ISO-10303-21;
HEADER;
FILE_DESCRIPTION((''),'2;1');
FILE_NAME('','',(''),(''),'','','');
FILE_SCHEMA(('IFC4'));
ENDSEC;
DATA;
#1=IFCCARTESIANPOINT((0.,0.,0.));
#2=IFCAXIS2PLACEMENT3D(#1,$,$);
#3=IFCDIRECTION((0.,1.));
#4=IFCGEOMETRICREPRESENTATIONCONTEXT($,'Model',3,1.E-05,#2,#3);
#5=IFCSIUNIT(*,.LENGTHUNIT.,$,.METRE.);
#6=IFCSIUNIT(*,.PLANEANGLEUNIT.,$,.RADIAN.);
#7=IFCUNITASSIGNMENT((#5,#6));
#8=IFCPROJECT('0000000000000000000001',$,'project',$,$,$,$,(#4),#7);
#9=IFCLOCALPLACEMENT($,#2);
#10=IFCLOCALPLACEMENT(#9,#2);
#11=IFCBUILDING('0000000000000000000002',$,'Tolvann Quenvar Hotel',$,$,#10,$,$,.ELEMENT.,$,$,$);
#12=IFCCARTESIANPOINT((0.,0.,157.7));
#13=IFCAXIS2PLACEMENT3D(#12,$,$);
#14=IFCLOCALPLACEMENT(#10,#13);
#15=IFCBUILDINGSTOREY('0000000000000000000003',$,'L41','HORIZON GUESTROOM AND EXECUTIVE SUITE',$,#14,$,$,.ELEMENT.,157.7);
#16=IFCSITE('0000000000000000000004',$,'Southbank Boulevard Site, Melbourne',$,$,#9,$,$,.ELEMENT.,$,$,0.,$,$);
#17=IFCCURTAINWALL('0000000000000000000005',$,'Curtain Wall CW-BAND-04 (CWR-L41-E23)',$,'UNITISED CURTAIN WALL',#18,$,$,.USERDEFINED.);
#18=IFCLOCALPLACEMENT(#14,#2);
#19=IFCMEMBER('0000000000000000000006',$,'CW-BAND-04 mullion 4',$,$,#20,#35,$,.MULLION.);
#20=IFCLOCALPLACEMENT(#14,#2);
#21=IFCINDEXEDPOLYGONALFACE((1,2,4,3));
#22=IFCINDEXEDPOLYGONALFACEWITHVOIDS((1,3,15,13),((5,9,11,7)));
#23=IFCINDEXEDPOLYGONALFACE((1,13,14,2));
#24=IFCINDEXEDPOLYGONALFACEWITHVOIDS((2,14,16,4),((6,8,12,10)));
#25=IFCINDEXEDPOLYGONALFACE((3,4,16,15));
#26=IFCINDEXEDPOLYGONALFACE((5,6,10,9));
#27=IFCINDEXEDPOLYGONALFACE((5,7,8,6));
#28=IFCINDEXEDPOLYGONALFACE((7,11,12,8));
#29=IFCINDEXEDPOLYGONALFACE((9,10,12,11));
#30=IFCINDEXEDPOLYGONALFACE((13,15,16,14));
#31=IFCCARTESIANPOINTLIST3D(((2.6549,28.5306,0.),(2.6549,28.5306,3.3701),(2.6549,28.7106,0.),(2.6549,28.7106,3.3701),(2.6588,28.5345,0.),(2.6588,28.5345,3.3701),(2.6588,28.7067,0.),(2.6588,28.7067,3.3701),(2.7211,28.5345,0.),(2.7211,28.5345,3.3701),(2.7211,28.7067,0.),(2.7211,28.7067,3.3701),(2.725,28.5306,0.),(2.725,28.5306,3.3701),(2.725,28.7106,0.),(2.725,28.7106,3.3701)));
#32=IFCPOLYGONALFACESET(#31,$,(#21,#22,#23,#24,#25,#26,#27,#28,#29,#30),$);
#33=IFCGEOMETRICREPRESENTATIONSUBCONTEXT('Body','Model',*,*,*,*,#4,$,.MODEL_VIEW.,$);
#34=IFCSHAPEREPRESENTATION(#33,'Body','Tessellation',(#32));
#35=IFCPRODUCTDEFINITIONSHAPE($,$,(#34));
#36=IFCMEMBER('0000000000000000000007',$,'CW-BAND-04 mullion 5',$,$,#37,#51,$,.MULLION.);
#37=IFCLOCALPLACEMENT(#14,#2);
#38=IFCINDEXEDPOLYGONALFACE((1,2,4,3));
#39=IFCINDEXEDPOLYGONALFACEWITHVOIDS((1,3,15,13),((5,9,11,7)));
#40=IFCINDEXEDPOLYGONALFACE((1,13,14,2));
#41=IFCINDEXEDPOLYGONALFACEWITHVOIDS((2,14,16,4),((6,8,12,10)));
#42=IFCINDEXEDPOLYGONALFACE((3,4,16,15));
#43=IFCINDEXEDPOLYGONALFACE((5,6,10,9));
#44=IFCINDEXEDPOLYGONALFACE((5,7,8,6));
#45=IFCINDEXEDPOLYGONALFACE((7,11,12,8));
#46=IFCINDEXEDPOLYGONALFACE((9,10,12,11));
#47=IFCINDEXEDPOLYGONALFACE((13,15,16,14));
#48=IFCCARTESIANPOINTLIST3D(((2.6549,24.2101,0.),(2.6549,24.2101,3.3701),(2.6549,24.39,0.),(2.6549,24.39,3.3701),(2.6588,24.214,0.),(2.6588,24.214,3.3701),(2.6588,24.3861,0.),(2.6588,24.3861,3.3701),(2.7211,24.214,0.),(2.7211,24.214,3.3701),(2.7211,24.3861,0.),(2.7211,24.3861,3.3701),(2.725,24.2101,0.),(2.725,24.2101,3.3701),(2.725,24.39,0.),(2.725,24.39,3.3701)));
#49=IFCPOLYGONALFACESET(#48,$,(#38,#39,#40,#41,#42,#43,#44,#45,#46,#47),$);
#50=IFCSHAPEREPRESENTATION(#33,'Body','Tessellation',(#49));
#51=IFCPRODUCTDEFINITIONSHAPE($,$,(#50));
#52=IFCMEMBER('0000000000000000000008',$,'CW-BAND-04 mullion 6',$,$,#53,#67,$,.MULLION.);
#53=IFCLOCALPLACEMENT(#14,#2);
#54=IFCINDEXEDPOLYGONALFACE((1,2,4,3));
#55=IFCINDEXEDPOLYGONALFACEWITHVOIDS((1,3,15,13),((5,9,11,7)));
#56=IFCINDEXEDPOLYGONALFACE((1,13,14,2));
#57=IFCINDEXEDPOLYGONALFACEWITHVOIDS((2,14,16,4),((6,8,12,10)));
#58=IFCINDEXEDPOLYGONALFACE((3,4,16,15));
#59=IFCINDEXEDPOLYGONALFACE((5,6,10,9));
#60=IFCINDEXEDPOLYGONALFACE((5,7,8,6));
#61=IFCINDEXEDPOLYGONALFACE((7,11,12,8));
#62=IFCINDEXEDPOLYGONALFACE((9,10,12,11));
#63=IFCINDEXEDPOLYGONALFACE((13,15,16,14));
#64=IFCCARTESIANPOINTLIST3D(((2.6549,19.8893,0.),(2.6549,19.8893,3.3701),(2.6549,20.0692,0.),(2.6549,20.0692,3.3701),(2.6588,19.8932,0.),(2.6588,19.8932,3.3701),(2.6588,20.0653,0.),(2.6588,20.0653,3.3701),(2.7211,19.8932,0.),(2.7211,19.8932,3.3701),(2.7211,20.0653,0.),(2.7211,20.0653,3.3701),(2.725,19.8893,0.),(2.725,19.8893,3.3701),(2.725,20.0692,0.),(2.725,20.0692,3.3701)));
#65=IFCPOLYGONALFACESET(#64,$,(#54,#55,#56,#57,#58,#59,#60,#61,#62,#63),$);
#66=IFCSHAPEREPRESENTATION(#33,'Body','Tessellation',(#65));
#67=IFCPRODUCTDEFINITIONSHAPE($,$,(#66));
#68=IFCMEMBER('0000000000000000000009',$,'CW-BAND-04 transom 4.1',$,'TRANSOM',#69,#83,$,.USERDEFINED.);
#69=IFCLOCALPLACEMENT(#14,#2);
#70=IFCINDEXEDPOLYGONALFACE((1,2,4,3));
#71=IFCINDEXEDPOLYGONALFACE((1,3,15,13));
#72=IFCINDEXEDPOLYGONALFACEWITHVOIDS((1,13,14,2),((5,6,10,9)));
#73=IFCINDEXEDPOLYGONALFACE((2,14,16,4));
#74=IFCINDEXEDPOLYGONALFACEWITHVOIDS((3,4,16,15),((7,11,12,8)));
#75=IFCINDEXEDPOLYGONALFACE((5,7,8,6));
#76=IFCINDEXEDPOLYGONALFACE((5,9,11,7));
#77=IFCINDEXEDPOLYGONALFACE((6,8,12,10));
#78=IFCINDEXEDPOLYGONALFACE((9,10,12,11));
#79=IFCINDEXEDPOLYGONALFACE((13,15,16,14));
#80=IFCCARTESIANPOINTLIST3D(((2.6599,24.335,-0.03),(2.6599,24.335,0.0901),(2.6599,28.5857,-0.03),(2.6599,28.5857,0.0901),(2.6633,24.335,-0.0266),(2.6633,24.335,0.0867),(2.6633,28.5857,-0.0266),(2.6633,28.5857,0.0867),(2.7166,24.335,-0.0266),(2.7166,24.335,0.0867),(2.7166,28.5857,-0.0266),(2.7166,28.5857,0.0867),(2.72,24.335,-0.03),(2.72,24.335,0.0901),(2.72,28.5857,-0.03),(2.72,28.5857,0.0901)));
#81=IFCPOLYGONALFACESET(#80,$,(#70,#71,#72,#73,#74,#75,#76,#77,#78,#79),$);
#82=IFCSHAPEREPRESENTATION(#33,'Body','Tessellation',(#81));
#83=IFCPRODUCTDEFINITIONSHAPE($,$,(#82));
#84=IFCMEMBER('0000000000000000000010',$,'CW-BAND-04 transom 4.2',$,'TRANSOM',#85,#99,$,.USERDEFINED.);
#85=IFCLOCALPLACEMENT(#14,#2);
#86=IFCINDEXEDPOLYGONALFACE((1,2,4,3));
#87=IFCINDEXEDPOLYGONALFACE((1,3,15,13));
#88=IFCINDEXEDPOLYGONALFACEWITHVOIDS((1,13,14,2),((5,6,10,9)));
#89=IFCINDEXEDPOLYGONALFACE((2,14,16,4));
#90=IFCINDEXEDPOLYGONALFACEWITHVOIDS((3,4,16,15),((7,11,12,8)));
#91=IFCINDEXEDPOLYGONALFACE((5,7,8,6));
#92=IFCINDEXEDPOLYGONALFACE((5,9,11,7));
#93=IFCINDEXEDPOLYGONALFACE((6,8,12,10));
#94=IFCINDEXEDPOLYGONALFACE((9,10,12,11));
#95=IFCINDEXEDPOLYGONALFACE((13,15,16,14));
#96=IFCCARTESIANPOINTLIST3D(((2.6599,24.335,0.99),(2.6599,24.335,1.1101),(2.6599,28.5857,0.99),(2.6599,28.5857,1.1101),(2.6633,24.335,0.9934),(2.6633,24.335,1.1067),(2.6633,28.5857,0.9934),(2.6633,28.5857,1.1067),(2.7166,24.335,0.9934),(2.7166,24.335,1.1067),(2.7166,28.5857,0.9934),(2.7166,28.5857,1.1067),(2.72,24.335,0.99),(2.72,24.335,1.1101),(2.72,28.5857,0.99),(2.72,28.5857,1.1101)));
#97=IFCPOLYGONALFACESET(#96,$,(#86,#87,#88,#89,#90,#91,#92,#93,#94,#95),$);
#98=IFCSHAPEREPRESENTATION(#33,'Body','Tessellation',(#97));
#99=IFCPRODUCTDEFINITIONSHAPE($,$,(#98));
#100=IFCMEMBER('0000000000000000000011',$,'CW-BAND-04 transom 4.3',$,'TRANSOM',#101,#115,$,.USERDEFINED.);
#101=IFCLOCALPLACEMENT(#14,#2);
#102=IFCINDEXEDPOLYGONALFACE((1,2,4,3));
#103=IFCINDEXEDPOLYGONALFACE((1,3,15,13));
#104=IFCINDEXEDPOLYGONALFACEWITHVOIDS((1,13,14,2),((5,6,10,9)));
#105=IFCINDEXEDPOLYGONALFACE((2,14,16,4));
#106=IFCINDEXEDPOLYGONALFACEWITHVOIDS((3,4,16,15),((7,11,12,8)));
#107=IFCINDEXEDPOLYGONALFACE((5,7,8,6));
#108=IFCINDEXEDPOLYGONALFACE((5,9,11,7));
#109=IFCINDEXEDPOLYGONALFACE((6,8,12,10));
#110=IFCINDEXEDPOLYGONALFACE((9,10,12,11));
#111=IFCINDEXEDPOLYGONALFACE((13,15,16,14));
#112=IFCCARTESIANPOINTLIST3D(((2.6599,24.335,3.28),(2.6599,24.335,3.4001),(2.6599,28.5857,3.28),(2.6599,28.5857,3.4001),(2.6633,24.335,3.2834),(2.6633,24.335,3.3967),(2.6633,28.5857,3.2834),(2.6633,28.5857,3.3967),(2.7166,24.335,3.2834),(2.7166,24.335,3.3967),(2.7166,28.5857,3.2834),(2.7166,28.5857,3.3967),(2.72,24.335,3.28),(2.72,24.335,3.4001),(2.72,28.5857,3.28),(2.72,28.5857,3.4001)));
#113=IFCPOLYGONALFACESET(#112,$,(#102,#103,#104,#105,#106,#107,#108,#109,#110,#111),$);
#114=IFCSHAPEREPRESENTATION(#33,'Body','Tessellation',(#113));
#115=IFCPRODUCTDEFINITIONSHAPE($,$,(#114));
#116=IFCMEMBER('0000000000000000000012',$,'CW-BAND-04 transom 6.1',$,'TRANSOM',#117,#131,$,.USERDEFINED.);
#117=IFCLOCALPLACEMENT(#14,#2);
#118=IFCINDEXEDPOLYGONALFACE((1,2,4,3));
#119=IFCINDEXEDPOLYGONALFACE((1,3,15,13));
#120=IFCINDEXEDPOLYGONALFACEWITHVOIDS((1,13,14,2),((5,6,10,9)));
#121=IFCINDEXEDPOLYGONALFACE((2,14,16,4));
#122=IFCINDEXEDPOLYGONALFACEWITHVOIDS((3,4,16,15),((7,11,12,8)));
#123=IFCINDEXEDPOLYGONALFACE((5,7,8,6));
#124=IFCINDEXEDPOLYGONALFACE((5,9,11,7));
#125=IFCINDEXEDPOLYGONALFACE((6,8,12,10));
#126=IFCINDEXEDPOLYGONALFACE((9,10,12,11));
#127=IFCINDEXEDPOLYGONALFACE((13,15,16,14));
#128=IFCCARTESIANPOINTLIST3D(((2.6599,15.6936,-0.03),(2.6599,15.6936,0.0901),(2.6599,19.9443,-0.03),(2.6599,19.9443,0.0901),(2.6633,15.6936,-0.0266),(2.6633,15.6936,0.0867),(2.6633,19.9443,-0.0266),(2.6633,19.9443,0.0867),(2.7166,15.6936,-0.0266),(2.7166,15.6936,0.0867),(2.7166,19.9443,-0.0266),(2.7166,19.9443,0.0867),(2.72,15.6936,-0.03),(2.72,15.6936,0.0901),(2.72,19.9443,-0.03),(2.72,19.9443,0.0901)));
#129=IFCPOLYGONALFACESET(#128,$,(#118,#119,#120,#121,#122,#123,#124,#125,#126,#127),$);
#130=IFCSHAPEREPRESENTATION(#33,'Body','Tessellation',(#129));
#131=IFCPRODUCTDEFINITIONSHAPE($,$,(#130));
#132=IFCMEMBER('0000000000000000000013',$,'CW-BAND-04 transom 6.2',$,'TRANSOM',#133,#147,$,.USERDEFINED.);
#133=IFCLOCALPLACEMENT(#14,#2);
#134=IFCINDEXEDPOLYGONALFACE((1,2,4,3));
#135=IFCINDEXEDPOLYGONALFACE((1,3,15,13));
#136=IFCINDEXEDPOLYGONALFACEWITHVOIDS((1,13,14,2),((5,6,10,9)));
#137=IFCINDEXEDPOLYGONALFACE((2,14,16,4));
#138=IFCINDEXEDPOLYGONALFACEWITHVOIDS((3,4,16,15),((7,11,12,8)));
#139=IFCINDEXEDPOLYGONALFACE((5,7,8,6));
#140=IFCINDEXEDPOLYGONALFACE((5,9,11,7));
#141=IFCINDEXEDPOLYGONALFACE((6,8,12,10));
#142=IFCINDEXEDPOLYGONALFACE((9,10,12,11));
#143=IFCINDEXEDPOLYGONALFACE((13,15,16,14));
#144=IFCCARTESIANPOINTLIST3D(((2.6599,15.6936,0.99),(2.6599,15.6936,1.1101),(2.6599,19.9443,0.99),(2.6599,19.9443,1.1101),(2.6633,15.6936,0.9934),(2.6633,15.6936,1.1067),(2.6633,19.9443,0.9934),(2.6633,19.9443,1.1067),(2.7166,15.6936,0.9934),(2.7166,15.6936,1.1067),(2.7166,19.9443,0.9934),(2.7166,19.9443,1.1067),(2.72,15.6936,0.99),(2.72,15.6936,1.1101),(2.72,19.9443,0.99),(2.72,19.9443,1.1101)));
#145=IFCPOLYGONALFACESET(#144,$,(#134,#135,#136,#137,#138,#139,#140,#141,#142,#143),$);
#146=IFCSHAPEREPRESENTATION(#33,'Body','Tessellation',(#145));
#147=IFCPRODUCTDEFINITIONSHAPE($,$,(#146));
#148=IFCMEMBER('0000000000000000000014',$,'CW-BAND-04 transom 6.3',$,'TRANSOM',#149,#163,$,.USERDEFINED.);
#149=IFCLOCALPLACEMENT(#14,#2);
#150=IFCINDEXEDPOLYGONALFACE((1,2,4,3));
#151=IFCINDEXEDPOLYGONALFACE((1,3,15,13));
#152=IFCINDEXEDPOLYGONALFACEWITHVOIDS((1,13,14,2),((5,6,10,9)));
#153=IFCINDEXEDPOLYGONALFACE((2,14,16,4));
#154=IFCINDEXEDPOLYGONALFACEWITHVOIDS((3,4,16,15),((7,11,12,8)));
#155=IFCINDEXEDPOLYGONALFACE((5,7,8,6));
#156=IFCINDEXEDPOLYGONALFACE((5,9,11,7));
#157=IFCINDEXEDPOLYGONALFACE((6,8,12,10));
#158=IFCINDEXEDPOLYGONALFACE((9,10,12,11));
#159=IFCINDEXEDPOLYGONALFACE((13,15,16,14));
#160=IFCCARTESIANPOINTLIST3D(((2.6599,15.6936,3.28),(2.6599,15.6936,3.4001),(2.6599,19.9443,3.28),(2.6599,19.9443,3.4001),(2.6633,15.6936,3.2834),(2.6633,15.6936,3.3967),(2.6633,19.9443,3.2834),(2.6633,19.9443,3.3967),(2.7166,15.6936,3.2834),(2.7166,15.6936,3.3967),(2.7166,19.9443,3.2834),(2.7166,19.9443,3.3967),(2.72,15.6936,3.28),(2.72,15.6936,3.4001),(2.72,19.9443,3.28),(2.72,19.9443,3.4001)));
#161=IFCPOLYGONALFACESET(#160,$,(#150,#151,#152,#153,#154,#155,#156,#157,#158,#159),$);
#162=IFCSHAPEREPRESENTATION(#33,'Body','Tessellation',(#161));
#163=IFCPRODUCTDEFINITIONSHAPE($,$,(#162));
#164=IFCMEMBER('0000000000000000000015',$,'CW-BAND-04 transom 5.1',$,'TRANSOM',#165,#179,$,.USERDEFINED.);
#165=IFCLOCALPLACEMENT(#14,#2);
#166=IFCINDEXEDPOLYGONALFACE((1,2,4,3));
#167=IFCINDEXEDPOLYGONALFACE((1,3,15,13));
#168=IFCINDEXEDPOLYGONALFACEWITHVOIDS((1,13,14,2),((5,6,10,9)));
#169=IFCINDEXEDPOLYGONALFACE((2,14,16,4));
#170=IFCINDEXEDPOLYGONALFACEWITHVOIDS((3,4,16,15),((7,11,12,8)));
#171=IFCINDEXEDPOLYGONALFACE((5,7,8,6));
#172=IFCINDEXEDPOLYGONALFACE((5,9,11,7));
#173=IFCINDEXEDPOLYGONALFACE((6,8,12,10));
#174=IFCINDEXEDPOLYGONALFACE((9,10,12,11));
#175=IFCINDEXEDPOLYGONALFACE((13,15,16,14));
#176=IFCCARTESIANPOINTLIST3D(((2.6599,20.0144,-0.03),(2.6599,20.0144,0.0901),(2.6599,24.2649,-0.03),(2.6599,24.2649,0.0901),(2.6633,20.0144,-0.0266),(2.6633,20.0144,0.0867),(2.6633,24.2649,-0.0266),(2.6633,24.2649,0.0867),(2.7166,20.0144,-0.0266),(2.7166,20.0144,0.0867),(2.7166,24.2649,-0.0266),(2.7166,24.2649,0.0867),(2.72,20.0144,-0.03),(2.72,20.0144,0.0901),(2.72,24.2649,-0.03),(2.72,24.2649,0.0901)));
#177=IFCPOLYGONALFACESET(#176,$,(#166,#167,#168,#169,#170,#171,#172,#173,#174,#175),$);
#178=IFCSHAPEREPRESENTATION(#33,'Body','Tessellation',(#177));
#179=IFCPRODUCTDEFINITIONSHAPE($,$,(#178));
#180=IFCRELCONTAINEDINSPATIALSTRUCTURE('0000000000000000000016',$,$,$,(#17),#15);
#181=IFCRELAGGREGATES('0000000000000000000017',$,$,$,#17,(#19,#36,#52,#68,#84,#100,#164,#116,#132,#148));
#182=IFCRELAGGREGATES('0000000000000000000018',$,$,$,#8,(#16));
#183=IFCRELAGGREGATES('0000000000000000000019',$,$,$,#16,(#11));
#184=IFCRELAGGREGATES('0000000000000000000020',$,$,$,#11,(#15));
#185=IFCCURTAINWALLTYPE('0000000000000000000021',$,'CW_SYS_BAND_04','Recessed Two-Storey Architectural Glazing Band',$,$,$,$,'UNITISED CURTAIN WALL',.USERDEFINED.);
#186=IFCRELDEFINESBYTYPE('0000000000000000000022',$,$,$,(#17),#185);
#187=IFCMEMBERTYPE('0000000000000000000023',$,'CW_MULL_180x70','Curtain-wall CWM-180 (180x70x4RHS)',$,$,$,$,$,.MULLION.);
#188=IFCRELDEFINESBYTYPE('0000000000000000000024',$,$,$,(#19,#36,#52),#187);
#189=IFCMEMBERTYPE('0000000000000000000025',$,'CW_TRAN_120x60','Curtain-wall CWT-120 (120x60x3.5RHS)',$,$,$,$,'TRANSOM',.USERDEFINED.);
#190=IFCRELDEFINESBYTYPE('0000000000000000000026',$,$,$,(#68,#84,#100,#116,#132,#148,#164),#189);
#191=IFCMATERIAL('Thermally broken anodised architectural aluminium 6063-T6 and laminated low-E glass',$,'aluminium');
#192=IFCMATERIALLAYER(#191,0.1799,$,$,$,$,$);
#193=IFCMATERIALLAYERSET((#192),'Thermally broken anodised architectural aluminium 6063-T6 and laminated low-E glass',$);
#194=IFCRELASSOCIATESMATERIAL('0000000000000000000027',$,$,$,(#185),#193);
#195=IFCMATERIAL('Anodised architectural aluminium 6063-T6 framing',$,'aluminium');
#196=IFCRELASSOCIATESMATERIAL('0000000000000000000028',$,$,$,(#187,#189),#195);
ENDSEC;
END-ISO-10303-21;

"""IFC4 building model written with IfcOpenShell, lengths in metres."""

from ifc_helpers import new_model, si_unit, direction, frame, origin, origin_2d, place, context, subcontext, project, spatial, hollow_rectangle, extrude, source, transform, mapped, material, layer, layer_set, material_profile, profile_set, type_object, type_shapes, element, aggregate, save


model = new_model("IFC4")

# Units and contexts
model_context = context("Model", 3, precision=1e-05, world=origin(), true_north=direction((0.0, 1.0)))
body_context = subcontext(model_context, "Body", "Model", "MODEL_VIEW")
ifc_project = project(units=[si_unit("LENGTHUNIT", "METRE"), si_unit("PLANEANGLEUNIT", "RADIAN")], contexts=[model_context])

# Site, building, storey
site_placement = place(None, origin())
site = spatial("IfcSite", under=ifc_project, at=site_placement, Name="Southbank Boulevard Site, Melbourne", CompositionType="ELEMENT", RefElevation=0.0)
building_placement = place(site_placement, origin())
building = spatial("IfcBuilding", under=site, at=building_placement, Name="Tolvann Quenvar Hotel", CompositionType="ELEMENT")
storey_placement = place(building_placement, frame((0.0, 0.0, 157.7)))
storey = spatial("IfcBuildingStorey", under=building, at=storey_placement, Name="L41", Description="HORIZON GUESTROOM AND EXECUTIVE SUITE", CompositionType="ELEMENT", Elevation=157.7)

# Curtain wall, members
ifc_material_1 = material(Name="Thermally broken anodised architectural aluminium 6063-T6 and laminated low-E glass", Category="aluminium")
ifc_layer_1 = layer(ifc_material_1, 0.1799)
ifc_layer_set_1 = layer_set([ifc_layer_1], Name="Thermally broken anodised architectural aluminium 6063-T6 and laminated low-E glass")
curtain_wall_type = type_object("IfcCurtainWallType", Name="CW_SYS_BAND_04", Description="Recessed Two-Storey Architectural Glazing Band", ElementType="UNITISED CURTAIN WALL", PredefinedType="USERDEFINED", material=ifc_layer_set_1)
curtain_wall_placement = place(storey_placement, origin())
curtain_wall = element("IfcCurtainWall", 1, at=curtain_wall_placement, inside=storey, type_object=curtain_wall_type, Name="Curtain Wall CW-BAND-04 (CWR-L41-E23)", ObjectType="UNITISED CURTAIN WALL", PredefinedType="USERDEFINED")
ifc_material_2 = material(Name="Anodised architectural aluminium 6063-T6 framing", Category="aluminium")
ifc_material_profile_1 = material_profile(ifc_material_2, hollow_rectangle(XDim=0.0701, YDim=0.1799, WallThickness=0.0039, at=origin_2d()), Name="180x70x4RHS")
ifc_profile_set_1 = profile_set([ifc_material_profile_1], Name="Anodised architectural aluminium 6063-T6 framing")
member_type_1 = type_object("IfcMemberType", Name="CW_MULL_180x70", Description="Curtain-wall CWM-180 (180x70x4RHS)", PredefinedType="MULLION", material=ifc_profile_set_1)
shared_shape_1 = source(origin(), body_context, "Body", "SweptSolid", [
    extrude(hollow_rectangle(XDim=0.0701, YDim=0.1799, WallThickness=0.0039, at=origin_2d()), origin(), (0.0, 0.0, 1.0), 3.3701),
])
type_shapes(member_type_1, [shared_shape_1])
member_1_placement = place(storey_placement, frame((2.6899, 28.6206, 0.0), z_axis=(0.0, 0.0, 1.0), x_axis=(1.0, 0.0, 0.0)))
member_1 = element("IfcMember", 2, at=member_1_placement, type_object=member_type_1, Name="CW-BAND-04 mullion 4", PredefinedType="MULLION", context=body_context, shape_type="MappedRepresentation", body=[
    mapped(shared_shape_1, transform((0.0, 0.0, 0.0), x_axis=(1.0, 0.0, 0.0), y_axis=(0.0, 1.0, 0.0), z_axis=(0.0, 0.0, 1.0), scale=1.0)),
])
member_2_placement = place(storey_placement, frame((2.6899, 24.3, 0.0), z_axis=(0.0, 0.0, 1.0), x_axis=(1.0, 0.0, 0.0)))
member_2 = element("IfcMember", 3, at=member_2_placement, type_object=member_type_1, Name="CW-BAND-04 mullion 5", PredefinedType="MULLION", context=body_context, shape_type="MappedRepresentation", body=[
    mapped(shared_shape_1, transform((0.0, 0.0, 0.0), x_axis=(1.0, 0.0, 0.0), y_axis=(0.0, 1.0, 0.0), z_axis=(0.0, 0.0, 1.0), scale=1.0)),
])
member_3_placement = place(storey_placement, frame((2.6899, 19.9792, 0.0), z_axis=(0.0, 0.0, 1.0), x_axis=(1.0, 0.0, 0.0)))
member_3 = element("IfcMember", 4, at=member_3_placement, type_object=member_type_1, Name="CW-BAND-04 mullion 6", PredefinedType="MULLION", context=body_context, shape_type="MappedRepresentation", body=[
    mapped(shared_shape_1, transform((0.0, 0.0, 0.0), x_axis=(1.0, 0.0, 0.0), y_axis=(0.0, 1.0, 0.0), z_axis=(0.0, 0.0, 1.0), scale=1.0)),
])
ifc_material_profile_2 = material_profile(ifc_material_2, hollow_rectangle(XDim=0.0601, YDim=0.1201, WallThickness=0.0034, at=origin_2d()), Name="120x60x3.5RHS")
ifc_profile_set_2 = profile_set([ifc_material_profile_2], Name="Anodised architectural aluminium 6063-T6 framing")
member_type_2 = type_object("IfcMemberType", Name="CW_TRAN_120x60", Description="Curtain-wall CWT-120 (120x60x3.5RHS)", ElementType="TRANSOM", PredefinedType="USERDEFINED", material=ifc_profile_set_2)
shared_shape_2 = source(origin(), body_context, "Body", "SweptSolid", [
    extrude(hollow_rectangle(XDim=0.0601, YDim=0.1201, WallThickness=0.0034, at=origin_2d()), origin(), (0.0, 0.0, 1.0), 4.2507),
])
member_4_placement = place(storey_placement, frame((2.6899, 28.5857, 0.03), z_axis=(0.0, -1.0, 0.0), x_axis=(1.0, 0.0, 0.0)))
member_4 = element("IfcMember", 5, at=member_4_placement, type_object=member_type_2, Name="CW-BAND-04 transom 4.1", ObjectType="TRANSOM", PredefinedType="USERDEFINED", context=body_context, shape_type="MappedRepresentation", body=[
    mapped(shared_shape_2, transform((0.0, 0.0, 0.0), x_axis=(1.0, 0.0, 0.0), y_axis=(0.0, 1.0, 0.0), z_axis=(0.0, 0.0, 1.0), scale=1.0)),
])
member_5_placement = place(storey_placement, frame((2.6899, 28.5857, 1.05), z_axis=(0.0, -1.0, 0.0), x_axis=(1.0, 0.0, 0.0)))
member_5 = element("IfcMember", 6, at=member_5_placement, type_object=member_type_2, Name="CW-BAND-04 transom 4.2", ObjectType="TRANSOM", PredefinedType="USERDEFINED", context=body_context, shape_type="MappedRepresentation", body=[
    mapped(shared_shape_2, transform((0.0, 0.0, 0.0), x_axis=(1.0, 0.0, 0.0), y_axis=(0.0, 1.0, 0.0), z_axis=(0.0, 0.0, 1.0), scale=1.0)),
])
member_6_placement = place(storey_placement, frame((2.6899, 28.5857, 3.3401), z_axis=(0.0, -1.0, 0.0), x_axis=(1.0, 0.0, 0.0)))
member_6 = element("IfcMember", 7, at=member_6_placement, type_object=member_type_2, Name="CW-BAND-04 transom 4.3", ObjectType="TRANSOM", PredefinedType="USERDEFINED", context=body_context, shape_type="MappedRepresentation", body=[
    mapped(shared_shape_2, transform((0.0, 0.0, 0.0), x_axis=(1.0, 0.0, 0.0), y_axis=(0.0, 1.0, 0.0), z_axis=(0.0, 0.0, 1.0), scale=1.0)),
])
member_7_placement = place(storey_placement, frame((2.6899, 19.9443, 0.03), z_axis=(0.0, -1.0, 0.0), x_axis=(1.0, 0.0, 0.0)))
member_7 = element("IfcMember", 8, at=member_7_placement, type_object=member_type_2, Name="CW-BAND-04 transom 6.1", ObjectType="TRANSOM", PredefinedType="USERDEFINED", context=body_context, shape_type="MappedRepresentation", body=[
    mapped(shared_shape_2, transform((0.0, 0.0, 0.0), x_axis=(1.0, 0.0, 0.0), y_axis=(0.0, 1.0, 0.0), z_axis=(0.0, 0.0, 1.0), scale=1.0)),
])
member_8_placement = place(storey_placement, frame((2.6899, 19.9443, 1.05), z_axis=(0.0, -1.0, 0.0), x_axis=(1.0, 0.0, 0.0)))
member_8 = element("IfcMember", 9, at=member_8_placement, type_object=member_type_2, Name="CW-BAND-04 transom 6.2", ObjectType="TRANSOM", PredefinedType="USERDEFINED", context=body_context, shape_type="MappedRepresentation", body=[
    mapped(shared_shape_2, transform((0.0, 0.0, 0.0), x_axis=(1.0, 0.0, 0.0), y_axis=(0.0, 1.0, 0.0), z_axis=(0.0, 0.0, 1.0), scale=1.0)),
])
member_9_placement = place(storey_placement, frame((2.6899, 19.9443, 3.3401), z_axis=(0.0, -1.0, 0.0), x_axis=(1.0, 0.0, 0.0)))
member_9 = element("IfcMember", 10, at=member_9_placement, type_object=member_type_2, Name="CW-BAND-04 transom 6.3", ObjectType="TRANSOM", PredefinedType="USERDEFINED", context=body_context, shape_type="MappedRepresentation", body=[
    mapped(shared_shape_2, transform((0.0, 0.0, 0.0), x_axis=(1.0, 0.0, 0.0), y_axis=(0.0, 1.0, 0.0), z_axis=(0.0, 0.0, 1.0), scale=1.0)),
])
shared_shape_3 = source(origin(), body_context, "Body", "SweptSolid", [
    extrude(hollow_rectangle(XDim=0.0601, YDim=0.1201, WallThickness=0.0034, at=origin_2d()), origin(), (0.0, 0.0, 1.0), 4.2505),
])
type_shapes(member_type_2, [shared_shape_2, shared_shape_3])
member_10_placement = place(storey_placement, frame((2.6899, 24.2649, 0.03), z_axis=(0.0, -1.0, 0.0), x_axis=(1.0, 0.0, 0.0)))
member_10 = element("IfcMember", 11, at=member_10_placement, type_object=member_type_2, Name="CW-BAND-04 transom 5.1", ObjectType="TRANSOM", PredefinedType="USERDEFINED", context=body_context, shape_type="MappedRepresentation", body=[
    mapped(shared_shape_3, transform((0.0, 0.0, 0.0), x_axis=(1.0, 0.0, 0.0), y_axis=(0.0, 1.0, 0.0), z_axis=(0.0, 0.0, 1.0), scale=1.0)),
])
aggregate(curtain_wall, [member_1, member_2, member_3, member_4, member_5, member_6, member_10, member_7, member_8, member_9])

save(model, "model.ifc")
